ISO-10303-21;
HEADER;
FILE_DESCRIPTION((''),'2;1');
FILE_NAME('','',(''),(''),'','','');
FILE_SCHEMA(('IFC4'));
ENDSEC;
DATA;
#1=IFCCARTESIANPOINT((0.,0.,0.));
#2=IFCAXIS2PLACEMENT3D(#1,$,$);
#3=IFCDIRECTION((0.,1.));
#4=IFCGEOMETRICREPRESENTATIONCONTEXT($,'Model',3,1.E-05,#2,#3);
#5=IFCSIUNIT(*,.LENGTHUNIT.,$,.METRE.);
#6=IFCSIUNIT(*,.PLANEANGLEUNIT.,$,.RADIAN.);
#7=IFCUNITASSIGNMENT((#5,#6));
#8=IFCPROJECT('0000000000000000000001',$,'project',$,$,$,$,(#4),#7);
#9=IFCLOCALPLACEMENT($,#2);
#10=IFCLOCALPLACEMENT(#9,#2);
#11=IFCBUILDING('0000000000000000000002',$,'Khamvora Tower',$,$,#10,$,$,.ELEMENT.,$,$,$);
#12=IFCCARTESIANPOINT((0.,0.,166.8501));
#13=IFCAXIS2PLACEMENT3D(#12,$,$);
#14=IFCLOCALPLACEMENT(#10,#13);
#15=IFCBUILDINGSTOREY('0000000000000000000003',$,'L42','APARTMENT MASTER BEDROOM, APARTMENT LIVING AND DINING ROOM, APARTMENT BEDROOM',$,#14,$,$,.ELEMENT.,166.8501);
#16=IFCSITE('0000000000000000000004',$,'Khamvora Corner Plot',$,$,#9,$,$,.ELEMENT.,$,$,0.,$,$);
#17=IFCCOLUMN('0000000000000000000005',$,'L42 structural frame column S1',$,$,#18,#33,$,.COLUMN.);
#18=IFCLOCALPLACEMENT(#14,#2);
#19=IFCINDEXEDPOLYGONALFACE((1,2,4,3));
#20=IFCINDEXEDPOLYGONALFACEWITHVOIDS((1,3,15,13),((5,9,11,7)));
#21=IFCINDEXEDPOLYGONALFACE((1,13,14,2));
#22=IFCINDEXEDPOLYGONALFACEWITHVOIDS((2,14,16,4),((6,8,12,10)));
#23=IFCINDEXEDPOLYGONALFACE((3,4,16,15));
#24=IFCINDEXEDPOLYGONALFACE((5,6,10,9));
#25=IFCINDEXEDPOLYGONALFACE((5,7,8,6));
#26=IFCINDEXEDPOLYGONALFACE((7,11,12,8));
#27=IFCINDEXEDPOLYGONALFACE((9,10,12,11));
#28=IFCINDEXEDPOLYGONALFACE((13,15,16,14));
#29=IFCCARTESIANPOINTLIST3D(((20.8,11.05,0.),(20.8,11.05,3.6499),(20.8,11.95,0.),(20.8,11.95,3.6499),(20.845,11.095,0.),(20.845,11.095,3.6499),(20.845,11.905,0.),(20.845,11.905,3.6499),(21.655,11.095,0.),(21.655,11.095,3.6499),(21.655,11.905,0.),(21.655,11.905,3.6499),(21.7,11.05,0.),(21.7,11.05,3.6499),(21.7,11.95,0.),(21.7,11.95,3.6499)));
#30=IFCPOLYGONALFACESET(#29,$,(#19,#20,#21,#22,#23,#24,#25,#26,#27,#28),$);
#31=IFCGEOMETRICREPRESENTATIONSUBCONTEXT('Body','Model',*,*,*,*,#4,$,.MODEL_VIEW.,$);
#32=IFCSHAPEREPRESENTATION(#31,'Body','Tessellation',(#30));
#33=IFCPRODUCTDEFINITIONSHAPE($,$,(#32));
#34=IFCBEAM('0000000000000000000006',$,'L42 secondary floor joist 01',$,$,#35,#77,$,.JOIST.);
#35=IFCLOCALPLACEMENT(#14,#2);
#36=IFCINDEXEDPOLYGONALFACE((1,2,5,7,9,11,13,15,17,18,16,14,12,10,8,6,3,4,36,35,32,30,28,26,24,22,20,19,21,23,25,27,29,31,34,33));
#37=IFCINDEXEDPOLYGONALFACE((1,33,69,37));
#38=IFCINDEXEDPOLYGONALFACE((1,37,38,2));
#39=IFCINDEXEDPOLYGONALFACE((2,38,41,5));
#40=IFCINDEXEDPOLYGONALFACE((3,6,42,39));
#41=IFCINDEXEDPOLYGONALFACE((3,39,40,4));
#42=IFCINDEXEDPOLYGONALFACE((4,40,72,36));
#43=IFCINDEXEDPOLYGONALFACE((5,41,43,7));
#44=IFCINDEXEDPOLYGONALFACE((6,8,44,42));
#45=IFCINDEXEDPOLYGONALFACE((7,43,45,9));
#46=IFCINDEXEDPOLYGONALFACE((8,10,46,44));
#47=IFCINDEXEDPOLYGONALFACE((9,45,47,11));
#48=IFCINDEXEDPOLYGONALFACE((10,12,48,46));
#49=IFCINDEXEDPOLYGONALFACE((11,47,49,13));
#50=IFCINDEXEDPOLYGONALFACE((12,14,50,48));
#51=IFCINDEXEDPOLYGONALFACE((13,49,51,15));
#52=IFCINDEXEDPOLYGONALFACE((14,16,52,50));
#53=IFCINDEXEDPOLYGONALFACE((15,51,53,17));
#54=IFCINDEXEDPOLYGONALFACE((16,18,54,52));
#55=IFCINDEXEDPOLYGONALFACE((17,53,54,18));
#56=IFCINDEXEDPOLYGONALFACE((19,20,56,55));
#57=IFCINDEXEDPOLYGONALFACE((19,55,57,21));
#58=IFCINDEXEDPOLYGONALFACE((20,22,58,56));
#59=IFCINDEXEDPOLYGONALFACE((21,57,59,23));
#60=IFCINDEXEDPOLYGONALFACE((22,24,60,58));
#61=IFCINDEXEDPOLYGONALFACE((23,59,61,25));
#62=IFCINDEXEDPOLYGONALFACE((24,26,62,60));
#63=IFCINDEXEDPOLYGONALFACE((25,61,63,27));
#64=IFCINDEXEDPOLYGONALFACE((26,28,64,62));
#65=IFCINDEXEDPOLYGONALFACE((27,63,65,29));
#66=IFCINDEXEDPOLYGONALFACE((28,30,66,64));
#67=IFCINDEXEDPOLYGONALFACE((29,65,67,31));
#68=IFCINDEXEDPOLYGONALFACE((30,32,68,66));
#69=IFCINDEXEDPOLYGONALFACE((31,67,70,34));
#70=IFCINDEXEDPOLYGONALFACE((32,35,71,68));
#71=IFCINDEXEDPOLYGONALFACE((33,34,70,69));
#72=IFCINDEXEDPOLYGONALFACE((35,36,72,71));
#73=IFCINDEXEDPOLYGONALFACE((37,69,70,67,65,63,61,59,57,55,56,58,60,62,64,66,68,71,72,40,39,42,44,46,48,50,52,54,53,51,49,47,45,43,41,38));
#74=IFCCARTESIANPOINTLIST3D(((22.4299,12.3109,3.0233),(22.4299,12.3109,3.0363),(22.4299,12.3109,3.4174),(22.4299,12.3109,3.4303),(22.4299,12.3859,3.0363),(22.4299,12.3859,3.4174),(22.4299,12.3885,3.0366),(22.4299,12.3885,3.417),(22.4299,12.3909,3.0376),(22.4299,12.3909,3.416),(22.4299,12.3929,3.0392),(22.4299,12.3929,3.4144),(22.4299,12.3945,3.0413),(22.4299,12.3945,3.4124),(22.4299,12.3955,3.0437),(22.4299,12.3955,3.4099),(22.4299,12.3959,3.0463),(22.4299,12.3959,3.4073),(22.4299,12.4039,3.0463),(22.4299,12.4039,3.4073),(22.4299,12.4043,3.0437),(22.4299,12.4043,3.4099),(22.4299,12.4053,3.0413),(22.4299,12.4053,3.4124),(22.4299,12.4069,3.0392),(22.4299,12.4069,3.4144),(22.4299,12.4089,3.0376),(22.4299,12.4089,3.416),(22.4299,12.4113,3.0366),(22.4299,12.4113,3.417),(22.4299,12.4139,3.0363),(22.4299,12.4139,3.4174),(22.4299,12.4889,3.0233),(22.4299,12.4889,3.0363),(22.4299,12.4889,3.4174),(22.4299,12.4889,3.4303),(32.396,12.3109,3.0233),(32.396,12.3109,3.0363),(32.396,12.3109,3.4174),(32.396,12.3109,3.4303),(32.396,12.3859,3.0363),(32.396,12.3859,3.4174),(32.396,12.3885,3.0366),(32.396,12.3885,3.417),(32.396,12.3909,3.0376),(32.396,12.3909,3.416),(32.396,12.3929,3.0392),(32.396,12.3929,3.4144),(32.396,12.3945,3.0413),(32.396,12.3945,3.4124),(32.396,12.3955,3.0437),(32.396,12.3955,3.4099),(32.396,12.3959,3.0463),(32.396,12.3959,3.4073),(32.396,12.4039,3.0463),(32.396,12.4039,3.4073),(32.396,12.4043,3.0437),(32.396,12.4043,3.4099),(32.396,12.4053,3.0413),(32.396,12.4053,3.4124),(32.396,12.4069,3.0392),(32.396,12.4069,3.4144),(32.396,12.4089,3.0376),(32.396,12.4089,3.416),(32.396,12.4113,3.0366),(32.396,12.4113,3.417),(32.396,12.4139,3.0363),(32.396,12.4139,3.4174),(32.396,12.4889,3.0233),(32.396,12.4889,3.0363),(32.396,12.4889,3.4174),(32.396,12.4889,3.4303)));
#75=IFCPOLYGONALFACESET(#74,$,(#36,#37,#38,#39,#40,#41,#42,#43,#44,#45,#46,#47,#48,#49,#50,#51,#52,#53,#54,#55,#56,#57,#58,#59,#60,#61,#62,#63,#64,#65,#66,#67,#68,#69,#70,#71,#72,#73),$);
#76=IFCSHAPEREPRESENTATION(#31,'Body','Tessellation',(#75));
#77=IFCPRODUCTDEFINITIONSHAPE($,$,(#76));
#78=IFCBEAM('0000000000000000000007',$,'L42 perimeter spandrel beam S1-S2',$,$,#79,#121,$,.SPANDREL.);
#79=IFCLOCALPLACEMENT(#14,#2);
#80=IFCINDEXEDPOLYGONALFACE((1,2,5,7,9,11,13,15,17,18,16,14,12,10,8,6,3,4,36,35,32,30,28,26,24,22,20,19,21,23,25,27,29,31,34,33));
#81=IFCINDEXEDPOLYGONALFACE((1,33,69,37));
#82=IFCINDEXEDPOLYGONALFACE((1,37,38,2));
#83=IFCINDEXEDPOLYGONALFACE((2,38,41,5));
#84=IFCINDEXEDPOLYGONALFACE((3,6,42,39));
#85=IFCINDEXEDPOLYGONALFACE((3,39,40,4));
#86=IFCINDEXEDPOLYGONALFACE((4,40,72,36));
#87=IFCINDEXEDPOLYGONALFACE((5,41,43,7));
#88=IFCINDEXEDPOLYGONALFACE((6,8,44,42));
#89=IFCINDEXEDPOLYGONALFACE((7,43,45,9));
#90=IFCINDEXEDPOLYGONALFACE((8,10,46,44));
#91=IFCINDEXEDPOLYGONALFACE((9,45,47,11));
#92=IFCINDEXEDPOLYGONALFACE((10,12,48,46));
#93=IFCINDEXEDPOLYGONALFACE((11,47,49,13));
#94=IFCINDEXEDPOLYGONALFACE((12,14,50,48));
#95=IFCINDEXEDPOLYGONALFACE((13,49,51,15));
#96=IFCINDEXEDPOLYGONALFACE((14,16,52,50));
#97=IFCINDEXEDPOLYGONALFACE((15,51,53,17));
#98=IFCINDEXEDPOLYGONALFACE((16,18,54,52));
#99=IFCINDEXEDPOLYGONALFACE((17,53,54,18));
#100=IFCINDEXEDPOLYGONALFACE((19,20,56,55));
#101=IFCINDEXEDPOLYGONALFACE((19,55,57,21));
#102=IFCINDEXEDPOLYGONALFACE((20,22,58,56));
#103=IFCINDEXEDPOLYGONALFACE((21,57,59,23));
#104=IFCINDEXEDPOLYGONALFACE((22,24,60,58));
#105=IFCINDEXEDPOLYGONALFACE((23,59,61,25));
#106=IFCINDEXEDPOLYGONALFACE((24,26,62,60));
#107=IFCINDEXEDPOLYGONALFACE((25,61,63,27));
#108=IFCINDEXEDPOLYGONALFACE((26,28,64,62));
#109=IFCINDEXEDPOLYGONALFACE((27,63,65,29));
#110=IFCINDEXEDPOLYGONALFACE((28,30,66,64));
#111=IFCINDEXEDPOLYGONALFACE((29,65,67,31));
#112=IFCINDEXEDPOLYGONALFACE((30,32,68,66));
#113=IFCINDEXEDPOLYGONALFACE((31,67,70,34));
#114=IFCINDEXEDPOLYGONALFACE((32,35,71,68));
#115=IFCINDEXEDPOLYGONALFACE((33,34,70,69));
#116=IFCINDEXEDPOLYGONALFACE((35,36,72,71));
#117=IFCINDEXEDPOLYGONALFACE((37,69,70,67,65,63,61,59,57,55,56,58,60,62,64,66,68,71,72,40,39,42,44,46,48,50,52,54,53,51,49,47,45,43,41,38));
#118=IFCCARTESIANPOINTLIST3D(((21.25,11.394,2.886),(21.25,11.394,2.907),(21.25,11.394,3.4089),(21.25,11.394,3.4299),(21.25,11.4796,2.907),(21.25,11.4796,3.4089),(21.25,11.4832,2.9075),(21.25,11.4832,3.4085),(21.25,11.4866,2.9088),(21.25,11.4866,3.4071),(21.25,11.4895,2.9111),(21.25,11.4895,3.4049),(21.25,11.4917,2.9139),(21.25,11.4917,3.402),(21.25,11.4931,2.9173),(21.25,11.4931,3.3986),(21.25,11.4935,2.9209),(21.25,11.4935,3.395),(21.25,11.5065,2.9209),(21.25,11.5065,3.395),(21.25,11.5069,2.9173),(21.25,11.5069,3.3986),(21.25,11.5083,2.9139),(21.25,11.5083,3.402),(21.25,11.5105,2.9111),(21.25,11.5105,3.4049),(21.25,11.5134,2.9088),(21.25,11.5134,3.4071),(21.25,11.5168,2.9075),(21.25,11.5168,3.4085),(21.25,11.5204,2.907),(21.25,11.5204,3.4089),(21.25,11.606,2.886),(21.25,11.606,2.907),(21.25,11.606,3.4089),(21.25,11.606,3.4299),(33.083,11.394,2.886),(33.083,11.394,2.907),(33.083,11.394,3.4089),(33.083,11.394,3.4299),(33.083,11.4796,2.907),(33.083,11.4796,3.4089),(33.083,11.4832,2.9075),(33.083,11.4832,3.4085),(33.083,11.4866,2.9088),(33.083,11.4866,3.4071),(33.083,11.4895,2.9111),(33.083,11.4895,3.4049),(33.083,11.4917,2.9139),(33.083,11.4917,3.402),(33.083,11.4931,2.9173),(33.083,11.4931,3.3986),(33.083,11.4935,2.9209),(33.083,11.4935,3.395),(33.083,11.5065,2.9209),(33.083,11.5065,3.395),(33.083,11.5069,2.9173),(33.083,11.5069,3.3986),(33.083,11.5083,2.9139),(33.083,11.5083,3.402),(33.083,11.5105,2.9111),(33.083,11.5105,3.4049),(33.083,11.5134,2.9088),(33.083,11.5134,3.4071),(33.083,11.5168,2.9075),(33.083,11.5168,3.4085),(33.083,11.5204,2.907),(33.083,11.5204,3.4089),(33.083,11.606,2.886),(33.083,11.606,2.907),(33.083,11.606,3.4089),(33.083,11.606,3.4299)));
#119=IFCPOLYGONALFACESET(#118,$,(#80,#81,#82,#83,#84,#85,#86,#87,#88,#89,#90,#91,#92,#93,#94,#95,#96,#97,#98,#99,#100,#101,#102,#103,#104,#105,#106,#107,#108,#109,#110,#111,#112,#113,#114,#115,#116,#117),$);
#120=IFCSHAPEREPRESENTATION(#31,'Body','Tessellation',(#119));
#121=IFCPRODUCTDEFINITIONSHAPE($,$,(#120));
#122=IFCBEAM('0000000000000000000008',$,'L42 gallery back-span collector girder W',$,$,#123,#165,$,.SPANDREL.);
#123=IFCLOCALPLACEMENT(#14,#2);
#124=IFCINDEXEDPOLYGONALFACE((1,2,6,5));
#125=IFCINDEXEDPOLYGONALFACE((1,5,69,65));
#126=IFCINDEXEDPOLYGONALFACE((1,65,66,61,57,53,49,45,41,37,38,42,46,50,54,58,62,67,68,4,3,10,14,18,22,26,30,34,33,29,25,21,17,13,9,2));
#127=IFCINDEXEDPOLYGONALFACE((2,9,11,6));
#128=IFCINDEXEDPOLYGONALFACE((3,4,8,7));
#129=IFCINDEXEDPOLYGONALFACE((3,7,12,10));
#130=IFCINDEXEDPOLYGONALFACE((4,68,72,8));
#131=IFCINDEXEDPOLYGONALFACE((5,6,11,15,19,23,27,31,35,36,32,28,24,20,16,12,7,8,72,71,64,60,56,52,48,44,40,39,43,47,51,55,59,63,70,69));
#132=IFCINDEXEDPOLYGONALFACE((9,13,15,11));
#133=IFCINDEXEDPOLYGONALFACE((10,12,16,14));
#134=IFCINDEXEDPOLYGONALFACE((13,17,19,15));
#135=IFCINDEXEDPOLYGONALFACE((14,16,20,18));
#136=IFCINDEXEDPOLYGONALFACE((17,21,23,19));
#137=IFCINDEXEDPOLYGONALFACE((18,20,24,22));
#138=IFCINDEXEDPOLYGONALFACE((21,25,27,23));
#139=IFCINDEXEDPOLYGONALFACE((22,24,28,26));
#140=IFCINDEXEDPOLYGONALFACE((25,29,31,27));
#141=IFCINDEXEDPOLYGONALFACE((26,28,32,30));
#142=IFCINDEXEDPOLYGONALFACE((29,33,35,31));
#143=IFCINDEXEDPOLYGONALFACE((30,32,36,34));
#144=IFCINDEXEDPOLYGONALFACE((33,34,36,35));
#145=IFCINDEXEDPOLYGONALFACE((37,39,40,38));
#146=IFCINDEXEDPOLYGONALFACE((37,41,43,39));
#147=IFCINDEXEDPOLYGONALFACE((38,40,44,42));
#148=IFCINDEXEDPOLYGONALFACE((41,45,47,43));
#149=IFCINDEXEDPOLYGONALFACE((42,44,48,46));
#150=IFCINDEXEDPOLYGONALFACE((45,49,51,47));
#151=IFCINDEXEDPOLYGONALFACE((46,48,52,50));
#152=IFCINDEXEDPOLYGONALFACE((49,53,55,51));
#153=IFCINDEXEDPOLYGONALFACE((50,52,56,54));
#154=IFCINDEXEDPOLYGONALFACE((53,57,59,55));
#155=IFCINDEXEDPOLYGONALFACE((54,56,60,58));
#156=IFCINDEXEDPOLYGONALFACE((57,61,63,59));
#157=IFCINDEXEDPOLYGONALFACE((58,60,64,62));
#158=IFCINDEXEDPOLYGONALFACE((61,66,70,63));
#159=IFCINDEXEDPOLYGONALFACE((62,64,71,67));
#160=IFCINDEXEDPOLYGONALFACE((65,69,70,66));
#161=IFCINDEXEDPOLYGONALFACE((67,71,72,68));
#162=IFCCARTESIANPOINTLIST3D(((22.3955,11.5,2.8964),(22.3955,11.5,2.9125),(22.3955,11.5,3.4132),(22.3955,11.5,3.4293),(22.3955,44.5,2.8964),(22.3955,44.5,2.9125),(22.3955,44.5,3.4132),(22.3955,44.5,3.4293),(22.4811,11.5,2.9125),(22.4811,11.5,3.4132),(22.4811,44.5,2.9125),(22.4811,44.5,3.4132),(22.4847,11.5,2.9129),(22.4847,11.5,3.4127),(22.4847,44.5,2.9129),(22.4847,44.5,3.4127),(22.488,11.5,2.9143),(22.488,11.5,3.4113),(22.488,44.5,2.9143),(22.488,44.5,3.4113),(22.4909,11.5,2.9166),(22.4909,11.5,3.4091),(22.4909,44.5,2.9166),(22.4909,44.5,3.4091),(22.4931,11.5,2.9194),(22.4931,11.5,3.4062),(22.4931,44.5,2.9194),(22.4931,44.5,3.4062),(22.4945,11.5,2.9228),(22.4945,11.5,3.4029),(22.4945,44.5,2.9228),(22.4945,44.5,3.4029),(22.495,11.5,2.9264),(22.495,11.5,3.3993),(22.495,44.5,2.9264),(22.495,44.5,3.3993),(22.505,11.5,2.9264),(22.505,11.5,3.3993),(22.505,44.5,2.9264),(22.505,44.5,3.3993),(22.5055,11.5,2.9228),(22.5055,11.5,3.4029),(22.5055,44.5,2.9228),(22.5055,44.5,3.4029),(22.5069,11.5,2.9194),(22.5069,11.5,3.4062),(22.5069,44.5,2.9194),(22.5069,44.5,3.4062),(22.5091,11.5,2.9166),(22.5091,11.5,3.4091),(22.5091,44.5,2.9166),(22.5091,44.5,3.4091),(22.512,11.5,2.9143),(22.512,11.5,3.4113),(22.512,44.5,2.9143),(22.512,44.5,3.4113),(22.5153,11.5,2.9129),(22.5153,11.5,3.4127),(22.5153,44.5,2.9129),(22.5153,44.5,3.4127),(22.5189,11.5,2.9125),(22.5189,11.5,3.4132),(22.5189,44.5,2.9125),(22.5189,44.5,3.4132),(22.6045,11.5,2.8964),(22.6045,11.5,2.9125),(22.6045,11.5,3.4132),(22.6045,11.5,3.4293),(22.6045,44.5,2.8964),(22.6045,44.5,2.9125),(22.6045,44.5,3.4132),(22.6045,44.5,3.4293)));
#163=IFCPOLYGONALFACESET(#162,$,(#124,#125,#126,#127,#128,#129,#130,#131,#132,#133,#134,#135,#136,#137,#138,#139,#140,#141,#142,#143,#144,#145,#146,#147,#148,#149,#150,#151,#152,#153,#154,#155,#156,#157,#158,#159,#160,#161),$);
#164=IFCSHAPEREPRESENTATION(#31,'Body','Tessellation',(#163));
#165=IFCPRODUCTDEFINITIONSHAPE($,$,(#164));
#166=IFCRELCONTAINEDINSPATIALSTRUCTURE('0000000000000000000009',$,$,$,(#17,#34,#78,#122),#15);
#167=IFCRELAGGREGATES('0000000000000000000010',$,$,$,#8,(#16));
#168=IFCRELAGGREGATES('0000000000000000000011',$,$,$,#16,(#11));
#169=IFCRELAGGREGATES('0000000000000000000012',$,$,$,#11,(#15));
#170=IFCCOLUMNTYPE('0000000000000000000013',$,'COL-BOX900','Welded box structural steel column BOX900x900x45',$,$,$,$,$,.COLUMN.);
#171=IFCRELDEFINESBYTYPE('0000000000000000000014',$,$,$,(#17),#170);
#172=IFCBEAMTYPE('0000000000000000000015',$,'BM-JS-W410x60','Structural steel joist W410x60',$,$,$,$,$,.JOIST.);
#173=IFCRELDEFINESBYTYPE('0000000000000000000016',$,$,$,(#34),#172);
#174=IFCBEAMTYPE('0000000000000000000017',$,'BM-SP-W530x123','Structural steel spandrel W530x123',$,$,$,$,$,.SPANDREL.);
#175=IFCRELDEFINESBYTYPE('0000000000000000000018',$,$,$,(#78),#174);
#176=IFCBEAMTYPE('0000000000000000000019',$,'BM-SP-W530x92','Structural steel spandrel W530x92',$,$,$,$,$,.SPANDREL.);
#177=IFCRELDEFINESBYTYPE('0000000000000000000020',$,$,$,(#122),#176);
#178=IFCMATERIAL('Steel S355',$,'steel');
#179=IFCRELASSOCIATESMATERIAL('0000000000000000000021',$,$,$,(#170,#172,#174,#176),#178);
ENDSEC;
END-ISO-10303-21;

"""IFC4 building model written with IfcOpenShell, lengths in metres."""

from ifc_helpers import new_model, si_unit, direction, frame, origin, origin_2d, place, context, subcontext, project, spatial, hollow_rectangle, i_section, extrude, material, material_profile, profile_set, type_object, element, save


model = new_model("IFC4")

# Units and contexts
model_context = context("Model", 3, precision=1e-05, world=origin(), true_north=direction((0.0, 1.0)))
body_context = subcontext(model_context, "Body", "Model", "MODEL_VIEW")
ifc_project = project(units=[si_unit("LENGTHUNIT", "METRE"), si_unit("PLANEANGLEUNIT", "RADIAN")], contexts=[model_context])

# Site, building, storey
site_placement = place(None, origin())
site = spatial("IfcSite", under=ifc_project, at=site_placement, Name="Khamvora Corner Plot", CompositionType="ELEMENT", RefElevation=0.0)
building_placement = place(site_placement, origin())
building = spatial("IfcBuilding", under=site, at=building_placement, Name="Khamvora Tower", CompositionType="ELEMENT")
storey_placement = place(building_placement, frame((0.0, 0.0, 166.8501)))
storey = spatial("IfcBuildingStorey", under=building, at=storey_placement, Name="L42", Description="APARTMENT MASTER BEDROOM, APARTMENT LIVING AND DINING ROOM, APARTMENT BEDROOM", CompositionType="ELEMENT", Elevation=166.8501)

# Column
ifc_material_1 = material(Name="Steel S355", Category="steel")
ifc_material_profile_1 = material_profile(ifc_material_1, hollow_rectangle(XDim=0.8999, YDim=0.8999, WallThickness=0.0449, at=origin_2d()), Name="BOX900x900x45")
ifc_profile_set_1 = profile_set([ifc_material_profile_1], Name="Steel S355")
column_type = type_object("IfcColumnType", Name="COL-BOX900", Description="Welded box structural steel column BOX900x900x45", PredefinedType="COLUMN", material=ifc_profile_set_1)
column_placement = place(storey_placement, frame((21.25, 11.5, 0.0), z_axis=(0.0, 0.0, 1.0), x_axis=(1.0, 0.0, 0.0)))
element("IfcColumn", 1, at=column_placement, inside=storey, type_object=column_type, Name="L42 structural frame column S1", PredefinedType="COLUMN", context=body_context, shape_type="SweptSolid", body=[
    extrude(hollow_rectangle(XDim=0.8999, YDim=0.8999, WallThickness=0.0449, at=origin_2d()), origin(), (0.0, 0.0, 1.0), 3.6499),
])

# Beams
ifc_material_profile_2 = material_profile(ifc_material_1, i_section(OverallWidth=0.178, OverallDepth=0.407, WebThickness=0.0081, FlangeThickness=0.0129, FilletRadius=0.01, at=origin_2d()), Name="W410x60")
ifc_profile_set_2 = profile_set([ifc_material_profile_2], Name="Steel S355")
beam_type_1 = type_object("IfcBeamType", Name="BM-JS-W410x60", Description="Structural steel joist W410x60", PredefinedType="JOIST", material=ifc_profile_set_2)
beam_1_placement = place(storey_placement, frame((22.4299, 12.3999, 3.2268), z_axis=(1.0, 0.0, 0.0), x_axis=(0.0, 1.0, 0.0)))
element("IfcBeam", 2, at=beam_1_placement, inside=storey, type_object=beam_type_1, Name="L42 secondary floor joist 01", PredefinedType="JOIST", context=body_context, shape_type="SweptSolid", body=[
    extrude(i_section(OverallWidth=0.178, OverallDepth=0.407, WebThickness=0.0081, FlangeThickness=0.0129, FilletRadius=0.01, at=origin_2d()), origin(), (0.0, 0.0, 1.0), 9.9661),
])
ifc_material_profile_3 = material_profile(ifc_material_1, i_section(OverallWidth=0.2119, OverallDepth=0.5439, WebThickness=0.0129, FlangeThickness=0.021, FilletRadius=0.0139, at=origin_2d()), Name="W530x123")
ifc_profile_set_3 = profile_set([ifc_material_profile_3], Name="Steel S355")
beam_type_2 = type_object("IfcBeamType", Name="BM-SP-W530x123", Description="Structural steel spandrel W530x123", PredefinedType="SPANDREL", material=ifc_profile_set_3)
beam_2_placement = place(storey_placement, frame((21.25, 11.5, 3.158), z_axis=(1.0, 0.0, 0.0), x_axis=(0.0, 1.0, 0.0)))
element("IfcBeam", 3, at=beam_2_placement, inside=storey, type_object=beam_type_2, Name="L42 perimeter spandrel beam S1-S2", PredefinedType="SPANDREL", context=body_context, shape_type="SweptSolid", body=[
    extrude(i_section(OverallWidth=0.2119, OverallDepth=0.5439, WebThickness=0.0129, FlangeThickness=0.021, FilletRadius=0.0139, at=origin_2d()), origin(), (0.0, 0.0, 1.0), 11.833),
])
ifc_material_profile_4 = material_profile(ifc_material_1, i_section(OverallWidth=0.209, OverallDepth=0.533, WebThickness=0.01, FlangeThickness=0.0161, FilletRadius=0.0139, at=origin_2d()), Name="W530x92")
ifc_profile_set_4 = profile_set([ifc_material_profile_4], Name="Steel S355")
beam_type_3 = type_object("IfcBeamType", Name="BM-SP-W530x92", Description="Structural steel spandrel W530x92", PredefinedType="SPANDREL", material=ifc_profile_set_4)
beam_3_placement = place(storey_placement, frame((22.5, 11.5, 3.1628), z_axis=(0.0, 1.0, 0.0), x_axis=(-1.0, 0.0, 0.0)))
element("IfcBeam", 4, at=beam_3_placement, inside=storey, type_object=beam_type_3, Name="L42 gallery back-span collector girder W", PredefinedType="SPANDREL", context=body_context, shape_type="SweptSolid", body=[
    extrude(i_section(OverallWidth=0.209, OverallDepth=0.533, WebThickness=0.01, FlangeThickness=0.0161, FilletRadius=0.0139, at=origin_2d()), origin(), (0.0, 0.0, 1.0), 33.0),
])

save(model, "model.ifc")
